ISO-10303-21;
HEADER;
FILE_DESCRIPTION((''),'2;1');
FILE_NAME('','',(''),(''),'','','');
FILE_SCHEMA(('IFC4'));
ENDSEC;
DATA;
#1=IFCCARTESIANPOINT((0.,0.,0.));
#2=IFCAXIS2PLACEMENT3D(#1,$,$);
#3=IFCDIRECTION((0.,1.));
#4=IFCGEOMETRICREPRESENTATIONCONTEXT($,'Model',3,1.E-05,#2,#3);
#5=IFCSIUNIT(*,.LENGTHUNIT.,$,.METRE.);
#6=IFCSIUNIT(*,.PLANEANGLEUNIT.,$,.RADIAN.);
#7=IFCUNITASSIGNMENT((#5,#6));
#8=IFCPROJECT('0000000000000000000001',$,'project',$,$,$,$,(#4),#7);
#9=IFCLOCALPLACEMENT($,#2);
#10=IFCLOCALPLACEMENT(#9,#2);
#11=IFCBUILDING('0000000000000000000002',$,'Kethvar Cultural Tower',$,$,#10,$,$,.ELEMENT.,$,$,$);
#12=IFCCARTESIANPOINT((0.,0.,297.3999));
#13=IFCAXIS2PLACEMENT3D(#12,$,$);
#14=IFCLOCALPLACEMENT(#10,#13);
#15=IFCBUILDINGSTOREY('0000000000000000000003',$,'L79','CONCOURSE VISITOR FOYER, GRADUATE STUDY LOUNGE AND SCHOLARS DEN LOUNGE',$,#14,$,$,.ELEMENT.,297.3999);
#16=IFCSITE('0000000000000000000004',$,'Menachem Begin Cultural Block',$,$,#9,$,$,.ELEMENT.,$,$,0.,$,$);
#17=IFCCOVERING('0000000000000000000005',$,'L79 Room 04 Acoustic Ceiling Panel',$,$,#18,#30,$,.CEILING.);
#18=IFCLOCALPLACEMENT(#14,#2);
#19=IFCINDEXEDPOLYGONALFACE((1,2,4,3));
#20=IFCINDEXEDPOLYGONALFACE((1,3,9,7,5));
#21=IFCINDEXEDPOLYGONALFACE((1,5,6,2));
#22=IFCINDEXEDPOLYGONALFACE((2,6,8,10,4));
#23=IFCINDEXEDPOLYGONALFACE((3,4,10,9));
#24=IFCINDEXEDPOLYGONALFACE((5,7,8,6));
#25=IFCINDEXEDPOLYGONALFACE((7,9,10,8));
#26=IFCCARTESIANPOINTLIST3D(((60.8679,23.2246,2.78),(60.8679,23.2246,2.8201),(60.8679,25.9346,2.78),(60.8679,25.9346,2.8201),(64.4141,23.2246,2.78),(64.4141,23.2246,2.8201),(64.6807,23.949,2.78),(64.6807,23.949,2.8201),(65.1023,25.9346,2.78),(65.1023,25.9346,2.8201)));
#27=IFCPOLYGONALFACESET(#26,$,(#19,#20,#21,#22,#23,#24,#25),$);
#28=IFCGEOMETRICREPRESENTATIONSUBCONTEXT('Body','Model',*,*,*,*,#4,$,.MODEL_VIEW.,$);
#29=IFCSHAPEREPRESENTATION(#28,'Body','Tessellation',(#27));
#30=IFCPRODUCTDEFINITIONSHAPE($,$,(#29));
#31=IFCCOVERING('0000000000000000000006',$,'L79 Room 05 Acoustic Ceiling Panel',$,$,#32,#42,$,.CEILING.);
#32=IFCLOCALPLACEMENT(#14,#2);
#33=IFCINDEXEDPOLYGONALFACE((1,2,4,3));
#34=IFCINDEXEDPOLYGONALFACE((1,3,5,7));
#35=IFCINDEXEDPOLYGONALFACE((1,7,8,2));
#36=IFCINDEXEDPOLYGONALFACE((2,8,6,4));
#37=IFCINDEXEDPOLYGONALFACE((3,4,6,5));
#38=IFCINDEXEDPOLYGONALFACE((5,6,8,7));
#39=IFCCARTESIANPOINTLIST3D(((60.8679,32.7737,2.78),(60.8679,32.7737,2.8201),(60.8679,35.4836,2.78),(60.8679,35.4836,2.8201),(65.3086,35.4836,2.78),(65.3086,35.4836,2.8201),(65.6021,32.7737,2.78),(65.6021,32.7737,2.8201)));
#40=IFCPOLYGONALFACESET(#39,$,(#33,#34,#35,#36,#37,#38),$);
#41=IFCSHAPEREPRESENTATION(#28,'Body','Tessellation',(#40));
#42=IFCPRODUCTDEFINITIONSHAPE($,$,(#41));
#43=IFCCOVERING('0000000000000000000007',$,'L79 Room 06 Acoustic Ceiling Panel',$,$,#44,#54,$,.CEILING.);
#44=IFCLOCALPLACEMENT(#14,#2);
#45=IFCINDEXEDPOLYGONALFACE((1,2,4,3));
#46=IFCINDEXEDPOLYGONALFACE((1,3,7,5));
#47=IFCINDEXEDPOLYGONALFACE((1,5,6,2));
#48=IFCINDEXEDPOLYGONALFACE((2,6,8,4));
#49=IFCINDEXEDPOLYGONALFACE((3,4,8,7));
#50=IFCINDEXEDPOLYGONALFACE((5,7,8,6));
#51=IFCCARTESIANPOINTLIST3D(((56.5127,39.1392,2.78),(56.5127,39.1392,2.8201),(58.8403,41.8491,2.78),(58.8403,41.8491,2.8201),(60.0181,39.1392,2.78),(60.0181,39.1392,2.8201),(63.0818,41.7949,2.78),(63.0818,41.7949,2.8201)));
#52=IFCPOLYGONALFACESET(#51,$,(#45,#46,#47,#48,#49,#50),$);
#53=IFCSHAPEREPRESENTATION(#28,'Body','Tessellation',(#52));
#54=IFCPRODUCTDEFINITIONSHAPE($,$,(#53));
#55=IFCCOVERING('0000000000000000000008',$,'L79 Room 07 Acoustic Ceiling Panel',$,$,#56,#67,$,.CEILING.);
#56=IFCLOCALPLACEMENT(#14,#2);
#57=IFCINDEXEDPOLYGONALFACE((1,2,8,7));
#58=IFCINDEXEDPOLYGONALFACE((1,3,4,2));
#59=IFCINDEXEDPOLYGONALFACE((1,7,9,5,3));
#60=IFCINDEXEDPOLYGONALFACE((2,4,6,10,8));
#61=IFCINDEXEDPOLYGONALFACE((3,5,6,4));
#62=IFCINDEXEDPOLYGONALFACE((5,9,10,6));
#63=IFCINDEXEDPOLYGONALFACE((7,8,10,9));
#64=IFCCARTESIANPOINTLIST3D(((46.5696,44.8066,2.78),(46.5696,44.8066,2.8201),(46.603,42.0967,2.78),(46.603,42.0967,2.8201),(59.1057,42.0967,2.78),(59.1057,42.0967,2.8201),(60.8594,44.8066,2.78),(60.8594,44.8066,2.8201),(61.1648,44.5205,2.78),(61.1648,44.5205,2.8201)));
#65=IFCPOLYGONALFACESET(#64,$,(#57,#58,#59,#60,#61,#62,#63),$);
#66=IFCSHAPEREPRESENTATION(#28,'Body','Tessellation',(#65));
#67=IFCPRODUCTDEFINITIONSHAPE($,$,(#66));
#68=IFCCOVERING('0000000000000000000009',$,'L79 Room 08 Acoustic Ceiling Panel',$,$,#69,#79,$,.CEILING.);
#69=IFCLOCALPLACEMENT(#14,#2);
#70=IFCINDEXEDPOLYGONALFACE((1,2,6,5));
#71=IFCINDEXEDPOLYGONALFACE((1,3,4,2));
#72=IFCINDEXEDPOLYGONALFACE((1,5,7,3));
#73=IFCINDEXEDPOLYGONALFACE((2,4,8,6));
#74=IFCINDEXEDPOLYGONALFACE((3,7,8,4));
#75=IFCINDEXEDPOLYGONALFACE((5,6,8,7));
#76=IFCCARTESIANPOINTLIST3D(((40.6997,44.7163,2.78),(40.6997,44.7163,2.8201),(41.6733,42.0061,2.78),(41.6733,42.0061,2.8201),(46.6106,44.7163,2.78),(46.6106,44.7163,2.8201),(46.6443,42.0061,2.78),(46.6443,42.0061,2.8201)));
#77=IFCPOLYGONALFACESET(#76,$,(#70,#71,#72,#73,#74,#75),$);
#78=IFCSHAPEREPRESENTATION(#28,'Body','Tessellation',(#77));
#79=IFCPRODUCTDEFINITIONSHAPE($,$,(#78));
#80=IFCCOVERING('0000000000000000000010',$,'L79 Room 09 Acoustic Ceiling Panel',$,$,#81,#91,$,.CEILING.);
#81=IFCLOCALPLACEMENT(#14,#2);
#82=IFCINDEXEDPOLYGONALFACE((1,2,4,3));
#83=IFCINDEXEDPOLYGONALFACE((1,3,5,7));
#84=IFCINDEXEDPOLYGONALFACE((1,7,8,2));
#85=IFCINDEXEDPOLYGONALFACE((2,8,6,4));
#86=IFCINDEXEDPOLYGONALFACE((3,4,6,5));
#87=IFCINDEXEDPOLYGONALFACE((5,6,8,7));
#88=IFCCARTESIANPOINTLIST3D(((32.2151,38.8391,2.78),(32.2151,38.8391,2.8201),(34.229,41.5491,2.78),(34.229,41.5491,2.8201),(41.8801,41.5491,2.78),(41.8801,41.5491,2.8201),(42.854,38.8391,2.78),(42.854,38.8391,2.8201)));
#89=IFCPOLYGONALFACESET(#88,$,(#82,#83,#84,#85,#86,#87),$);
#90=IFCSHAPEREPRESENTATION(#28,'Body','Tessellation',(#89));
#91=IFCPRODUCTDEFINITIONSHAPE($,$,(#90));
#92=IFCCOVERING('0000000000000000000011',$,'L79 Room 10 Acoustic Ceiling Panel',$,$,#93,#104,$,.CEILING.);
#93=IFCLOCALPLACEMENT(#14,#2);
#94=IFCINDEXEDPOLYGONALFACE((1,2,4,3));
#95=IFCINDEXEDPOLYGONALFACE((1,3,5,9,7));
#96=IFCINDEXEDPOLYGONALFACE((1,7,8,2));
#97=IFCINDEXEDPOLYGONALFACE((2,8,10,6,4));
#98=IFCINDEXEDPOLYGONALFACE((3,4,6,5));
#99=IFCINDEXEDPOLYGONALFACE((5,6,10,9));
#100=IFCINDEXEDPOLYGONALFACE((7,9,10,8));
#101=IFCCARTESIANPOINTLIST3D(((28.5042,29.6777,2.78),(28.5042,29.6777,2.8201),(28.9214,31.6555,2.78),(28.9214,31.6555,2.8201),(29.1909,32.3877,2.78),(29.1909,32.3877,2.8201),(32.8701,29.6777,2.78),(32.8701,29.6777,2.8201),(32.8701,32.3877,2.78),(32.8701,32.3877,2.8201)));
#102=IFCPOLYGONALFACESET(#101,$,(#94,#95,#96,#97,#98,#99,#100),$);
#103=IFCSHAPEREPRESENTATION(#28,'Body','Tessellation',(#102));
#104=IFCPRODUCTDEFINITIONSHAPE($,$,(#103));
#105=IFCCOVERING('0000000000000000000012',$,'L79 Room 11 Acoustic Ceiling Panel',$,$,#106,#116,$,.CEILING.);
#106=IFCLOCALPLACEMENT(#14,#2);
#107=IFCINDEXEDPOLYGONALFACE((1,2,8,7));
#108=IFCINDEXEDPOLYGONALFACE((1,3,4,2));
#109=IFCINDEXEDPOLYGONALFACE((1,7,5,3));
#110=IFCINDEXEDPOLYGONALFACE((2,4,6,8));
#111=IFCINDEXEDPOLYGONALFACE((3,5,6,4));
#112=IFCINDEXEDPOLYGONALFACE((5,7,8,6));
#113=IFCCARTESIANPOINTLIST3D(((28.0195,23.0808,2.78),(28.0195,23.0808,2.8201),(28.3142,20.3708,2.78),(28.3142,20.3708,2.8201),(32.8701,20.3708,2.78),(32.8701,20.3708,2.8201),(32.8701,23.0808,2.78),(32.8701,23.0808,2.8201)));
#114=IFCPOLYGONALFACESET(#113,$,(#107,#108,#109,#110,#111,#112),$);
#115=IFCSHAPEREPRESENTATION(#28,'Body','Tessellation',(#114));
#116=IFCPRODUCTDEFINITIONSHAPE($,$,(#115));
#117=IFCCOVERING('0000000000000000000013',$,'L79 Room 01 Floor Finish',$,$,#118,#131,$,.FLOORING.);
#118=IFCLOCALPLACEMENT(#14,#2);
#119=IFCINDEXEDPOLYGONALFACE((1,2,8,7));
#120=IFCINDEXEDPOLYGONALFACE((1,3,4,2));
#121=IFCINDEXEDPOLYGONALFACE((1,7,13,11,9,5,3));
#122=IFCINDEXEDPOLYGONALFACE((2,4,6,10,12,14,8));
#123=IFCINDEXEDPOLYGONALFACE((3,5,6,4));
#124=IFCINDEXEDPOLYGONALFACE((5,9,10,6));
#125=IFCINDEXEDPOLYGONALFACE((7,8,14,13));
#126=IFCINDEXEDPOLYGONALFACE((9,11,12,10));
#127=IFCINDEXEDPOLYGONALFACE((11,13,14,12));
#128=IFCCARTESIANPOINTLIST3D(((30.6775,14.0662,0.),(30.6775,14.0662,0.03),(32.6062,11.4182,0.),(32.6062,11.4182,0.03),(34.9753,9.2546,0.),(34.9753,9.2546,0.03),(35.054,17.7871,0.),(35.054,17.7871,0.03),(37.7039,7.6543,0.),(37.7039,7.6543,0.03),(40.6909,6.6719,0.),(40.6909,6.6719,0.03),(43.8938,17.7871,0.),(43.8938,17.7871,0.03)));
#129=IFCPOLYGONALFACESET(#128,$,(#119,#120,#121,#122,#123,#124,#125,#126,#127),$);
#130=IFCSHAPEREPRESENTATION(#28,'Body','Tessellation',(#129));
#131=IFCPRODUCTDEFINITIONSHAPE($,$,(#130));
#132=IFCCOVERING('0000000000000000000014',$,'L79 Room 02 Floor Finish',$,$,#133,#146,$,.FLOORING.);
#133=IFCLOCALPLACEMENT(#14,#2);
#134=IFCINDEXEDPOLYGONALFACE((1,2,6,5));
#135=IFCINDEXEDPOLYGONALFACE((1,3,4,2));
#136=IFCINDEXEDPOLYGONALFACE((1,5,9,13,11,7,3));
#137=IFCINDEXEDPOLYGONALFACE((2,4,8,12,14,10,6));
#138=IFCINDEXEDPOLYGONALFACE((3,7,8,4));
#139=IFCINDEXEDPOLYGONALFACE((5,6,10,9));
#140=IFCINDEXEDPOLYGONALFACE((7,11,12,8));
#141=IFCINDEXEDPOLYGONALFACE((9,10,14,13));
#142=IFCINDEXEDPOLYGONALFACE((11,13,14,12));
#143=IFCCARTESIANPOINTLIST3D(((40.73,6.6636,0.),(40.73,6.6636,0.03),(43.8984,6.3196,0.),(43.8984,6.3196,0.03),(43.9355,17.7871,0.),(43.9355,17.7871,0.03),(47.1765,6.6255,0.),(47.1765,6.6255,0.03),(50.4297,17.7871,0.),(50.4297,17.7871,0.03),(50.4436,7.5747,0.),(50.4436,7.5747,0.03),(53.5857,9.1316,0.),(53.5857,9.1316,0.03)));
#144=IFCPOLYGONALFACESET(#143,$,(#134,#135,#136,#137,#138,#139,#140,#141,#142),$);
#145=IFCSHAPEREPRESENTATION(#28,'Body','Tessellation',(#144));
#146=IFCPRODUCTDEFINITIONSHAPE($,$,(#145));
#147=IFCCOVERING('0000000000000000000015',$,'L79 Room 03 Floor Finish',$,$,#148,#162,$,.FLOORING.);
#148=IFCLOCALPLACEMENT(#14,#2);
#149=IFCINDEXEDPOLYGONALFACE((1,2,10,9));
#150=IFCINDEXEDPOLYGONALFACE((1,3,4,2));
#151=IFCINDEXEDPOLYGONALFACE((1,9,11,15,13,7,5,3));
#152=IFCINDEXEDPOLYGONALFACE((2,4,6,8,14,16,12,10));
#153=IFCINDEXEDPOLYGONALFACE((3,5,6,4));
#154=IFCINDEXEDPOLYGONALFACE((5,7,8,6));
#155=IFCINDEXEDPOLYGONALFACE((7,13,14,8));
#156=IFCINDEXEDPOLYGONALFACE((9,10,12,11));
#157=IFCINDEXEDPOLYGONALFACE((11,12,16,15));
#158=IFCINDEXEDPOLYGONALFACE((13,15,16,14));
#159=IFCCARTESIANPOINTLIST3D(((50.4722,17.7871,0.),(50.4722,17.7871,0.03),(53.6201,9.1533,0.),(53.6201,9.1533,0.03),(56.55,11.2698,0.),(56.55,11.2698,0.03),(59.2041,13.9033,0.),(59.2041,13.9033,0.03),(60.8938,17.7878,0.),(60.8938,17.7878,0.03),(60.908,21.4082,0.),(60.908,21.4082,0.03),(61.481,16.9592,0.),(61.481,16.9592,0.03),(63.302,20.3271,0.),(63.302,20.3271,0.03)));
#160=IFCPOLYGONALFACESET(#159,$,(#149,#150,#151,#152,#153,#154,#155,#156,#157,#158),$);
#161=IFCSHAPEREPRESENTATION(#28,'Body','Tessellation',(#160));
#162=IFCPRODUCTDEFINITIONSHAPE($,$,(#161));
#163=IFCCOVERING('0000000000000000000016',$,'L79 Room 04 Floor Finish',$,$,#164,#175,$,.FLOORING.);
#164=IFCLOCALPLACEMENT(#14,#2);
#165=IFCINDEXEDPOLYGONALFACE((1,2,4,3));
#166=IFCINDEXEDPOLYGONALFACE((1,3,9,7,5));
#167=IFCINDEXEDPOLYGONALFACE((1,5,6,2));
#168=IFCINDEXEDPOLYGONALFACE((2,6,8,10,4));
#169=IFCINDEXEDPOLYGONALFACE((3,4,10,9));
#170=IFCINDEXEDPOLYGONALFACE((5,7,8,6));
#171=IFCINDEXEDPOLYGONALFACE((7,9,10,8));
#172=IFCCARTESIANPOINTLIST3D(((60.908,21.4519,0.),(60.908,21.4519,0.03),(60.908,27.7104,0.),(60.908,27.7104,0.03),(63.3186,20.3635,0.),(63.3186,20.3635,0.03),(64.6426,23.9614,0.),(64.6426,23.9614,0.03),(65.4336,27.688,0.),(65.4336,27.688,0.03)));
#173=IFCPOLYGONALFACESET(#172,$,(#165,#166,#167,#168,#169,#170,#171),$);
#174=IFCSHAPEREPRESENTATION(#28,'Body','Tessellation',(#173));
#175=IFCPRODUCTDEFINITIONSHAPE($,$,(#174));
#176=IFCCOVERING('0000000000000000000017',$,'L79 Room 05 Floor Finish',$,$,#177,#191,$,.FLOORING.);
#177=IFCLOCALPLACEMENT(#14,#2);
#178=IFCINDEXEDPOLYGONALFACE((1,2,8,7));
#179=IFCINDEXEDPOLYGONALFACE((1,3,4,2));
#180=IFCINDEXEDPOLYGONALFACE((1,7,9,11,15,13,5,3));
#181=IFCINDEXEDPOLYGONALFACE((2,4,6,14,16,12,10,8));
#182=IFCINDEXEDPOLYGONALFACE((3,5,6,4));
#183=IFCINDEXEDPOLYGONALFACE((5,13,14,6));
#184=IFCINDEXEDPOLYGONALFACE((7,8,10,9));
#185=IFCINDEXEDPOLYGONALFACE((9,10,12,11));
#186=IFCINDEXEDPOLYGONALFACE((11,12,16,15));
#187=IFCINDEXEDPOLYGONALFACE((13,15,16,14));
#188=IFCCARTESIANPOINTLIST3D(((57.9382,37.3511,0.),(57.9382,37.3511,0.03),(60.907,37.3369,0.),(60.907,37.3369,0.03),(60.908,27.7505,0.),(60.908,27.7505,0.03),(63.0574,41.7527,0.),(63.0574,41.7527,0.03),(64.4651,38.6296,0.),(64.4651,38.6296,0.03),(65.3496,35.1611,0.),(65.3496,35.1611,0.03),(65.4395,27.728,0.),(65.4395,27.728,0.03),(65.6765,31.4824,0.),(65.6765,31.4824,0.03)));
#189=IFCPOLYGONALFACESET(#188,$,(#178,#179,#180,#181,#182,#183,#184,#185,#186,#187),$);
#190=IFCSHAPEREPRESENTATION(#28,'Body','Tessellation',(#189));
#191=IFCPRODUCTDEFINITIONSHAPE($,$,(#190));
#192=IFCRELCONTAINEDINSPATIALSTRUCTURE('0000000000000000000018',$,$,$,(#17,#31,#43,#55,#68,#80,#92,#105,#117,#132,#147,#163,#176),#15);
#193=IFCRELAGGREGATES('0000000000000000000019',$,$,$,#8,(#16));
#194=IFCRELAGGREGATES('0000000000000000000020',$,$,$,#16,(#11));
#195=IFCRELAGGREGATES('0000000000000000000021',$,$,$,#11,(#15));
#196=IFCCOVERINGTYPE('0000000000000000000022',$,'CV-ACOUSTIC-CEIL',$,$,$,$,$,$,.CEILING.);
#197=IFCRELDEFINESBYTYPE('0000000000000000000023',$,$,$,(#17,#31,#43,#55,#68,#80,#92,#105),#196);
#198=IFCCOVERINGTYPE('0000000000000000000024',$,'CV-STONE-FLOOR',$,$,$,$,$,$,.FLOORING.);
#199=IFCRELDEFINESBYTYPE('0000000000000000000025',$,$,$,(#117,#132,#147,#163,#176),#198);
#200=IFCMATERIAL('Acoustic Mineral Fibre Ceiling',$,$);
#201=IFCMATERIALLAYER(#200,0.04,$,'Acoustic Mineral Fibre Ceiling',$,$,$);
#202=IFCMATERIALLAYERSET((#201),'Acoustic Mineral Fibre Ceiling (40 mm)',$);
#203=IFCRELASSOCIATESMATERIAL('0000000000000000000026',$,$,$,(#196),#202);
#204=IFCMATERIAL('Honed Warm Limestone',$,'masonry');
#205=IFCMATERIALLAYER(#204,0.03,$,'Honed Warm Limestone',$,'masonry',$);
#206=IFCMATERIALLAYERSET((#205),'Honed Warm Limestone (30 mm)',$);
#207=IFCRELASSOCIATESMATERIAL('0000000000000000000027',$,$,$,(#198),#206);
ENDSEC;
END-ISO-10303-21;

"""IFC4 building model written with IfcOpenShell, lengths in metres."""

from ifc_helpers import new_model, si_unit, direction, frame, origin, place, context, subcontext, project, spatial, polyline, outline, extrude, material, layer, layer_set, type_object, element, save


model = new_model("IFC4")

# Units and contexts
model_context = context("Model", 3, precision=1e-05, world=origin(), true_north=direction((0.0, 1.0)))
body_context = subcontext(model_context, "Body", "Model", "MODEL_VIEW")
ifc_project = project(units=[si_unit("LENGTHUNIT", "METRE"), si_unit("PLANEANGLEUNIT", "RADIAN")], contexts=[model_context])

# Site, building, storey
site_placement = place(None, origin())
site = spatial("IfcSite", under=ifc_project, at=site_placement, Name="Menachem Begin Cultural Block", CompositionType="ELEMENT", RefElevation=0.0)
building_placement = place(site_placement, origin())
building = spatial("IfcBuilding", under=site, at=building_placement, Name="Kethvar Cultural Tower", CompositionType="ELEMENT")
storey_placement = place(building_placement, frame((0.0, 0.0, 297.3999)))
storey = spatial("IfcBuildingStorey", under=building, at=storey_placement, Name="L79", Description="CONCOURSE VISITOR FOYER, GRADUATE STUDY LOUNGE AND SCHOLARS DEN LOUNGE", CompositionType="ELEMENT", Elevation=297.3999)

# Coverings
ifc_material_1 = material(Name="Acoustic Mineral Fibre Ceiling")
ifc_layer_1 = layer(ifc_material_1, 0.04, Name="Acoustic Mineral Fibre Ceiling")
ifc_layer_set_1 = layer_set([ifc_layer_1], Name="Acoustic Mineral Fibre Ceiling (40 mm)")
covering_type_1 = type_object("IfcCoveringType", Name="CV-ACOUSTIC-CEIL", PredefinedType="CEILING", material=ifc_layer_set_1)
covering_1_placement = place(storey_placement, frame((0.0, 0.0, 2.78)))
element("IfcCovering", 1, at=covering_1_placement, inside=storey, type_object=covering_type_1, Name="L79 Room 04 Acoustic Ceiling Panel", PredefinedType="CEILING", context=body_context, shape_type="SweptSolid", body=[
    extrude(outline(polyline([(64.6807, 23.949), (64.4141, 23.2246), (60.8679, 23.2246), (60.8679, 25.9346), (65.1023, 25.9346), (64.6807, 23.949)])), origin(), (0.0, 0.0, 1.0), 0.04),
])
covering_2_placement = place(storey_placement, frame((0.0, 0.0, 2.78)))
element("IfcCovering", 2, at=covering_2_placement, inside=storey, type_object=covering_type_1, Name="L79 Room 05 Acoustic Ceiling Panel", PredefinedType="CEILING", context=body_context, shape_type="SweptSolid", body=[
    extrude(outline(polyline([(65.3086, 35.4836), (65.6021, 32.7737), (60.8679, 32.7737), (60.8679, 35.4836), (65.3086, 35.4836)])), origin(), (0.0, 0.0, 1.0), 0.04),
])
covering_3_placement = place(storey_placement, frame((0.0, 0.0, 2.78)))
element("IfcCovering", 3, at=covering_3_placement, inside=storey, type_object=covering_type_1, Name="L79 Room 06 Acoustic Ceiling Panel", PredefinedType="CEILING", context=body_context, shape_type="SweptSolid", body=[
    extrude(outline(polyline([(63.0818, 41.7949), (60.0181, 39.1392), (56.5127, 39.1392), (58.8403, 41.8491), (63.0818, 41.7949)])), origin(), (0.0, 0.0, 1.0), 0.04),
])
covering_4_placement = place(storey_placement, frame((0.0, 0.0, 2.78)))
element("IfcCovering", 4, at=covering_4_placement, inside=storey, type_object=covering_type_1, Name="L79 Room 07 Acoustic Ceiling Panel", PredefinedType="CEILING", context=body_context, shape_type="SweptSolid", body=[
    extrude(outline(polyline([(61.1648, 44.5205), (59.1057, 42.0967), (46.603, 42.0967), (46.5696, 44.8066), (60.8594, 44.8066), (61.1648, 44.5205)])), origin(), (0.0, 0.0, 1.0), 0.04),
])
covering_5_placement = place(storey_placement, frame((0.0, 0.0, 2.78)))
element("IfcCovering", 5, at=covering_5_placement, inside=storey, type_object=covering_type_1, Name="L79 Room 08 Acoustic Ceiling Panel", PredefinedType="CEILING", context=body_context, shape_type="SweptSolid", body=[
    extrude(outline(polyline([(46.6443, 42.0061), (41.6733, 42.0061), (40.6997, 44.7163), (46.6106, 44.7163), (46.6443, 42.0061)])), origin(), (0.0, 0.0, 1.0), 0.04),
])
covering_6_placement = place(storey_placement, frame((0.0, 0.0, 2.78)))
element("IfcCovering", 6, at=covering_6_placement, inside=storey, type_object=covering_type_1, Name="L79 Room 09 Acoustic Ceiling Panel", PredefinedType="CEILING", context=body_context, shape_type="SweptSolid", body=[
    extrude(outline(polyline([(34.229, 41.5491), (41.8801, 41.5491), (42.854, 38.8391), (32.2151, 38.8391), (34.229, 41.5491)])), origin(), (0.0, 0.0, 1.0), 0.04),
])
covering_7_placement = place(storey_placement, frame((0.0, 0.0, 2.78)))
element("IfcCovering", 7, at=covering_7_placement, inside=storey, type_object=covering_type_1, Name="L79 Room 10 Acoustic Ceiling Panel", PredefinedType="CEILING", context=body_context, shape_type="SweptSolid", body=[
    extrude(outline(polyline([(28.9214, 31.6555), (29.1909, 32.3877), (32.8701, 32.3877), (32.8701, 29.6777), (28.5042, 29.6777), (28.9214, 31.6555)])), origin(), (0.0, 0.0, 1.0), 0.04),
])
covering_8_placement = place(storey_placement, frame((0.0, 0.0, 2.78)))
element("IfcCovering", 8, at=covering_8_placement, inside=storey, type_object=covering_type_1, Name="L79 Room 11 Acoustic Ceiling Panel", PredefinedType="CEILING", context=body_context, shape_type="SweptSolid", body=[
    extrude(outline(polyline([(28.3142, 20.3708), (28.0195, 23.0808), (32.8701, 23.0808), (32.8701, 20.3708), (28.3142, 20.3708)])), origin(), (0.0, 0.0, 1.0), 0.04),
])
ifc_material_2 = material(Name="Honed Warm Limestone", Category="masonry")
ifc_layer_2 = layer(ifc_material_2, 0.03, Name="Honed Warm Limestone", Category="masonry")
ifc_layer_set_2 = layer_set([ifc_layer_2], Name="Honed Warm Limestone (30 mm)")
covering_type_2 = type_object("IfcCoveringType", Name="CV-STONE-FLOOR", PredefinedType="FLOORING", material=ifc_layer_set_2)
covering_9_placement = place(storey_placement, origin())
element("IfcCovering", 9, at=covering_9_placement, inside=storey, type_object=covering_type_2, Name="L79 Room 01 Floor Finish", PredefinedType="FLOORING", context=body_context, shape_type="SweptSolid", body=[
    extrude(outline(polyline([(37.7039, 7.6543), (34.9753, 9.2546), (32.6062, 11.4182), (30.6775, 14.0662), (35.054, 17.7871), (43.8938, 17.7871), (40.6909, 6.6719), (37.7039, 7.6543)])), origin(), (0.0, 0.0, 1.0), 0.03),
])
covering_10_placement = place(storey_placement, origin())
element("IfcCovering", 10, at=covering_10_placement, inside=storey, type_object=covering_type_2, Name="L79 Room 02 Floor Finish", PredefinedType="FLOORING", context=body_context, shape_type="SweptSolid", body=[
    extrude(outline(polyline([(50.4436, 7.5747), (47.1765, 6.6255), (43.8984, 6.3196), (40.73, 6.6636), (43.9355, 17.7871), (50.4297, 17.7871), (53.5857, 9.1316), (50.4436, 7.5747)])), origin(), (0.0, 0.0, 1.0), 0.03),
])
covering_11_placement = place(storey_placement, origin())
element("IfcCovering", 11, at=covering_11_placement, inside=storey, type_object=covering_type_2, Name="L79 Room 03 Floor Finish", PredefinedType="FLOORING", context=body_context, shape_type="SweptSolid", body=[
    extrude(outline(polyline([(61.481, 16.9592), (59.2041, 13.9033), (56.55, 11.2698), (53.6201, 9.1533), (50.4722, 17.7871), (60.8938, 17.7878), (60.908, 21.4082), (63.302, 20.3271), (61.481, 16.9592)])), origin(), (0.0, 0.0, 1.0), 0.03),
])
covering_12_placement = place(storey_placement, origin())
element("IfcCovering", 12, at=covering_12_placement, inside=storey, type_object=covering_type_2, Name="L79 Room 04 Floor Finish", PredefinedType="FLOORING", context=body_context, shape_type="SweptSolid", body=[
    extrude(outline(polyline([(64.6426, 23.9614), (63.3186, 20.3635), (60.908, 21.4519), (60.908, 27.7104), (65.4336, 27.688), (64.6426, 23.9614)])), origin(), (0.0, 0.0, 1.0), 0.03),
])
covering_13_placement = place(storey_placement, origin())
element("IfcCovering", 13, at=covering_13_placement, inside=storey, type_object=covering_type_2, Name="L79 Room 05 Floor Finish", PredefinedType="FLOORING", context=body_context, shape_type="SweptSolid", body=[
    extrude(outline(polyline([(64.4651, 38.6296), (65.3496, 35.1611), (65.6765, 31.4824), (65.4395, 27.728), (60.908, 27.7505), (60.907, 37.3369), (57.9382, 37.3511), (63.0574, 41.7527), (64.4651, 38.6296)])), origin(), (0.0, 0.0, 1.0), 0.03),
])

save(model, "model.ifc")
